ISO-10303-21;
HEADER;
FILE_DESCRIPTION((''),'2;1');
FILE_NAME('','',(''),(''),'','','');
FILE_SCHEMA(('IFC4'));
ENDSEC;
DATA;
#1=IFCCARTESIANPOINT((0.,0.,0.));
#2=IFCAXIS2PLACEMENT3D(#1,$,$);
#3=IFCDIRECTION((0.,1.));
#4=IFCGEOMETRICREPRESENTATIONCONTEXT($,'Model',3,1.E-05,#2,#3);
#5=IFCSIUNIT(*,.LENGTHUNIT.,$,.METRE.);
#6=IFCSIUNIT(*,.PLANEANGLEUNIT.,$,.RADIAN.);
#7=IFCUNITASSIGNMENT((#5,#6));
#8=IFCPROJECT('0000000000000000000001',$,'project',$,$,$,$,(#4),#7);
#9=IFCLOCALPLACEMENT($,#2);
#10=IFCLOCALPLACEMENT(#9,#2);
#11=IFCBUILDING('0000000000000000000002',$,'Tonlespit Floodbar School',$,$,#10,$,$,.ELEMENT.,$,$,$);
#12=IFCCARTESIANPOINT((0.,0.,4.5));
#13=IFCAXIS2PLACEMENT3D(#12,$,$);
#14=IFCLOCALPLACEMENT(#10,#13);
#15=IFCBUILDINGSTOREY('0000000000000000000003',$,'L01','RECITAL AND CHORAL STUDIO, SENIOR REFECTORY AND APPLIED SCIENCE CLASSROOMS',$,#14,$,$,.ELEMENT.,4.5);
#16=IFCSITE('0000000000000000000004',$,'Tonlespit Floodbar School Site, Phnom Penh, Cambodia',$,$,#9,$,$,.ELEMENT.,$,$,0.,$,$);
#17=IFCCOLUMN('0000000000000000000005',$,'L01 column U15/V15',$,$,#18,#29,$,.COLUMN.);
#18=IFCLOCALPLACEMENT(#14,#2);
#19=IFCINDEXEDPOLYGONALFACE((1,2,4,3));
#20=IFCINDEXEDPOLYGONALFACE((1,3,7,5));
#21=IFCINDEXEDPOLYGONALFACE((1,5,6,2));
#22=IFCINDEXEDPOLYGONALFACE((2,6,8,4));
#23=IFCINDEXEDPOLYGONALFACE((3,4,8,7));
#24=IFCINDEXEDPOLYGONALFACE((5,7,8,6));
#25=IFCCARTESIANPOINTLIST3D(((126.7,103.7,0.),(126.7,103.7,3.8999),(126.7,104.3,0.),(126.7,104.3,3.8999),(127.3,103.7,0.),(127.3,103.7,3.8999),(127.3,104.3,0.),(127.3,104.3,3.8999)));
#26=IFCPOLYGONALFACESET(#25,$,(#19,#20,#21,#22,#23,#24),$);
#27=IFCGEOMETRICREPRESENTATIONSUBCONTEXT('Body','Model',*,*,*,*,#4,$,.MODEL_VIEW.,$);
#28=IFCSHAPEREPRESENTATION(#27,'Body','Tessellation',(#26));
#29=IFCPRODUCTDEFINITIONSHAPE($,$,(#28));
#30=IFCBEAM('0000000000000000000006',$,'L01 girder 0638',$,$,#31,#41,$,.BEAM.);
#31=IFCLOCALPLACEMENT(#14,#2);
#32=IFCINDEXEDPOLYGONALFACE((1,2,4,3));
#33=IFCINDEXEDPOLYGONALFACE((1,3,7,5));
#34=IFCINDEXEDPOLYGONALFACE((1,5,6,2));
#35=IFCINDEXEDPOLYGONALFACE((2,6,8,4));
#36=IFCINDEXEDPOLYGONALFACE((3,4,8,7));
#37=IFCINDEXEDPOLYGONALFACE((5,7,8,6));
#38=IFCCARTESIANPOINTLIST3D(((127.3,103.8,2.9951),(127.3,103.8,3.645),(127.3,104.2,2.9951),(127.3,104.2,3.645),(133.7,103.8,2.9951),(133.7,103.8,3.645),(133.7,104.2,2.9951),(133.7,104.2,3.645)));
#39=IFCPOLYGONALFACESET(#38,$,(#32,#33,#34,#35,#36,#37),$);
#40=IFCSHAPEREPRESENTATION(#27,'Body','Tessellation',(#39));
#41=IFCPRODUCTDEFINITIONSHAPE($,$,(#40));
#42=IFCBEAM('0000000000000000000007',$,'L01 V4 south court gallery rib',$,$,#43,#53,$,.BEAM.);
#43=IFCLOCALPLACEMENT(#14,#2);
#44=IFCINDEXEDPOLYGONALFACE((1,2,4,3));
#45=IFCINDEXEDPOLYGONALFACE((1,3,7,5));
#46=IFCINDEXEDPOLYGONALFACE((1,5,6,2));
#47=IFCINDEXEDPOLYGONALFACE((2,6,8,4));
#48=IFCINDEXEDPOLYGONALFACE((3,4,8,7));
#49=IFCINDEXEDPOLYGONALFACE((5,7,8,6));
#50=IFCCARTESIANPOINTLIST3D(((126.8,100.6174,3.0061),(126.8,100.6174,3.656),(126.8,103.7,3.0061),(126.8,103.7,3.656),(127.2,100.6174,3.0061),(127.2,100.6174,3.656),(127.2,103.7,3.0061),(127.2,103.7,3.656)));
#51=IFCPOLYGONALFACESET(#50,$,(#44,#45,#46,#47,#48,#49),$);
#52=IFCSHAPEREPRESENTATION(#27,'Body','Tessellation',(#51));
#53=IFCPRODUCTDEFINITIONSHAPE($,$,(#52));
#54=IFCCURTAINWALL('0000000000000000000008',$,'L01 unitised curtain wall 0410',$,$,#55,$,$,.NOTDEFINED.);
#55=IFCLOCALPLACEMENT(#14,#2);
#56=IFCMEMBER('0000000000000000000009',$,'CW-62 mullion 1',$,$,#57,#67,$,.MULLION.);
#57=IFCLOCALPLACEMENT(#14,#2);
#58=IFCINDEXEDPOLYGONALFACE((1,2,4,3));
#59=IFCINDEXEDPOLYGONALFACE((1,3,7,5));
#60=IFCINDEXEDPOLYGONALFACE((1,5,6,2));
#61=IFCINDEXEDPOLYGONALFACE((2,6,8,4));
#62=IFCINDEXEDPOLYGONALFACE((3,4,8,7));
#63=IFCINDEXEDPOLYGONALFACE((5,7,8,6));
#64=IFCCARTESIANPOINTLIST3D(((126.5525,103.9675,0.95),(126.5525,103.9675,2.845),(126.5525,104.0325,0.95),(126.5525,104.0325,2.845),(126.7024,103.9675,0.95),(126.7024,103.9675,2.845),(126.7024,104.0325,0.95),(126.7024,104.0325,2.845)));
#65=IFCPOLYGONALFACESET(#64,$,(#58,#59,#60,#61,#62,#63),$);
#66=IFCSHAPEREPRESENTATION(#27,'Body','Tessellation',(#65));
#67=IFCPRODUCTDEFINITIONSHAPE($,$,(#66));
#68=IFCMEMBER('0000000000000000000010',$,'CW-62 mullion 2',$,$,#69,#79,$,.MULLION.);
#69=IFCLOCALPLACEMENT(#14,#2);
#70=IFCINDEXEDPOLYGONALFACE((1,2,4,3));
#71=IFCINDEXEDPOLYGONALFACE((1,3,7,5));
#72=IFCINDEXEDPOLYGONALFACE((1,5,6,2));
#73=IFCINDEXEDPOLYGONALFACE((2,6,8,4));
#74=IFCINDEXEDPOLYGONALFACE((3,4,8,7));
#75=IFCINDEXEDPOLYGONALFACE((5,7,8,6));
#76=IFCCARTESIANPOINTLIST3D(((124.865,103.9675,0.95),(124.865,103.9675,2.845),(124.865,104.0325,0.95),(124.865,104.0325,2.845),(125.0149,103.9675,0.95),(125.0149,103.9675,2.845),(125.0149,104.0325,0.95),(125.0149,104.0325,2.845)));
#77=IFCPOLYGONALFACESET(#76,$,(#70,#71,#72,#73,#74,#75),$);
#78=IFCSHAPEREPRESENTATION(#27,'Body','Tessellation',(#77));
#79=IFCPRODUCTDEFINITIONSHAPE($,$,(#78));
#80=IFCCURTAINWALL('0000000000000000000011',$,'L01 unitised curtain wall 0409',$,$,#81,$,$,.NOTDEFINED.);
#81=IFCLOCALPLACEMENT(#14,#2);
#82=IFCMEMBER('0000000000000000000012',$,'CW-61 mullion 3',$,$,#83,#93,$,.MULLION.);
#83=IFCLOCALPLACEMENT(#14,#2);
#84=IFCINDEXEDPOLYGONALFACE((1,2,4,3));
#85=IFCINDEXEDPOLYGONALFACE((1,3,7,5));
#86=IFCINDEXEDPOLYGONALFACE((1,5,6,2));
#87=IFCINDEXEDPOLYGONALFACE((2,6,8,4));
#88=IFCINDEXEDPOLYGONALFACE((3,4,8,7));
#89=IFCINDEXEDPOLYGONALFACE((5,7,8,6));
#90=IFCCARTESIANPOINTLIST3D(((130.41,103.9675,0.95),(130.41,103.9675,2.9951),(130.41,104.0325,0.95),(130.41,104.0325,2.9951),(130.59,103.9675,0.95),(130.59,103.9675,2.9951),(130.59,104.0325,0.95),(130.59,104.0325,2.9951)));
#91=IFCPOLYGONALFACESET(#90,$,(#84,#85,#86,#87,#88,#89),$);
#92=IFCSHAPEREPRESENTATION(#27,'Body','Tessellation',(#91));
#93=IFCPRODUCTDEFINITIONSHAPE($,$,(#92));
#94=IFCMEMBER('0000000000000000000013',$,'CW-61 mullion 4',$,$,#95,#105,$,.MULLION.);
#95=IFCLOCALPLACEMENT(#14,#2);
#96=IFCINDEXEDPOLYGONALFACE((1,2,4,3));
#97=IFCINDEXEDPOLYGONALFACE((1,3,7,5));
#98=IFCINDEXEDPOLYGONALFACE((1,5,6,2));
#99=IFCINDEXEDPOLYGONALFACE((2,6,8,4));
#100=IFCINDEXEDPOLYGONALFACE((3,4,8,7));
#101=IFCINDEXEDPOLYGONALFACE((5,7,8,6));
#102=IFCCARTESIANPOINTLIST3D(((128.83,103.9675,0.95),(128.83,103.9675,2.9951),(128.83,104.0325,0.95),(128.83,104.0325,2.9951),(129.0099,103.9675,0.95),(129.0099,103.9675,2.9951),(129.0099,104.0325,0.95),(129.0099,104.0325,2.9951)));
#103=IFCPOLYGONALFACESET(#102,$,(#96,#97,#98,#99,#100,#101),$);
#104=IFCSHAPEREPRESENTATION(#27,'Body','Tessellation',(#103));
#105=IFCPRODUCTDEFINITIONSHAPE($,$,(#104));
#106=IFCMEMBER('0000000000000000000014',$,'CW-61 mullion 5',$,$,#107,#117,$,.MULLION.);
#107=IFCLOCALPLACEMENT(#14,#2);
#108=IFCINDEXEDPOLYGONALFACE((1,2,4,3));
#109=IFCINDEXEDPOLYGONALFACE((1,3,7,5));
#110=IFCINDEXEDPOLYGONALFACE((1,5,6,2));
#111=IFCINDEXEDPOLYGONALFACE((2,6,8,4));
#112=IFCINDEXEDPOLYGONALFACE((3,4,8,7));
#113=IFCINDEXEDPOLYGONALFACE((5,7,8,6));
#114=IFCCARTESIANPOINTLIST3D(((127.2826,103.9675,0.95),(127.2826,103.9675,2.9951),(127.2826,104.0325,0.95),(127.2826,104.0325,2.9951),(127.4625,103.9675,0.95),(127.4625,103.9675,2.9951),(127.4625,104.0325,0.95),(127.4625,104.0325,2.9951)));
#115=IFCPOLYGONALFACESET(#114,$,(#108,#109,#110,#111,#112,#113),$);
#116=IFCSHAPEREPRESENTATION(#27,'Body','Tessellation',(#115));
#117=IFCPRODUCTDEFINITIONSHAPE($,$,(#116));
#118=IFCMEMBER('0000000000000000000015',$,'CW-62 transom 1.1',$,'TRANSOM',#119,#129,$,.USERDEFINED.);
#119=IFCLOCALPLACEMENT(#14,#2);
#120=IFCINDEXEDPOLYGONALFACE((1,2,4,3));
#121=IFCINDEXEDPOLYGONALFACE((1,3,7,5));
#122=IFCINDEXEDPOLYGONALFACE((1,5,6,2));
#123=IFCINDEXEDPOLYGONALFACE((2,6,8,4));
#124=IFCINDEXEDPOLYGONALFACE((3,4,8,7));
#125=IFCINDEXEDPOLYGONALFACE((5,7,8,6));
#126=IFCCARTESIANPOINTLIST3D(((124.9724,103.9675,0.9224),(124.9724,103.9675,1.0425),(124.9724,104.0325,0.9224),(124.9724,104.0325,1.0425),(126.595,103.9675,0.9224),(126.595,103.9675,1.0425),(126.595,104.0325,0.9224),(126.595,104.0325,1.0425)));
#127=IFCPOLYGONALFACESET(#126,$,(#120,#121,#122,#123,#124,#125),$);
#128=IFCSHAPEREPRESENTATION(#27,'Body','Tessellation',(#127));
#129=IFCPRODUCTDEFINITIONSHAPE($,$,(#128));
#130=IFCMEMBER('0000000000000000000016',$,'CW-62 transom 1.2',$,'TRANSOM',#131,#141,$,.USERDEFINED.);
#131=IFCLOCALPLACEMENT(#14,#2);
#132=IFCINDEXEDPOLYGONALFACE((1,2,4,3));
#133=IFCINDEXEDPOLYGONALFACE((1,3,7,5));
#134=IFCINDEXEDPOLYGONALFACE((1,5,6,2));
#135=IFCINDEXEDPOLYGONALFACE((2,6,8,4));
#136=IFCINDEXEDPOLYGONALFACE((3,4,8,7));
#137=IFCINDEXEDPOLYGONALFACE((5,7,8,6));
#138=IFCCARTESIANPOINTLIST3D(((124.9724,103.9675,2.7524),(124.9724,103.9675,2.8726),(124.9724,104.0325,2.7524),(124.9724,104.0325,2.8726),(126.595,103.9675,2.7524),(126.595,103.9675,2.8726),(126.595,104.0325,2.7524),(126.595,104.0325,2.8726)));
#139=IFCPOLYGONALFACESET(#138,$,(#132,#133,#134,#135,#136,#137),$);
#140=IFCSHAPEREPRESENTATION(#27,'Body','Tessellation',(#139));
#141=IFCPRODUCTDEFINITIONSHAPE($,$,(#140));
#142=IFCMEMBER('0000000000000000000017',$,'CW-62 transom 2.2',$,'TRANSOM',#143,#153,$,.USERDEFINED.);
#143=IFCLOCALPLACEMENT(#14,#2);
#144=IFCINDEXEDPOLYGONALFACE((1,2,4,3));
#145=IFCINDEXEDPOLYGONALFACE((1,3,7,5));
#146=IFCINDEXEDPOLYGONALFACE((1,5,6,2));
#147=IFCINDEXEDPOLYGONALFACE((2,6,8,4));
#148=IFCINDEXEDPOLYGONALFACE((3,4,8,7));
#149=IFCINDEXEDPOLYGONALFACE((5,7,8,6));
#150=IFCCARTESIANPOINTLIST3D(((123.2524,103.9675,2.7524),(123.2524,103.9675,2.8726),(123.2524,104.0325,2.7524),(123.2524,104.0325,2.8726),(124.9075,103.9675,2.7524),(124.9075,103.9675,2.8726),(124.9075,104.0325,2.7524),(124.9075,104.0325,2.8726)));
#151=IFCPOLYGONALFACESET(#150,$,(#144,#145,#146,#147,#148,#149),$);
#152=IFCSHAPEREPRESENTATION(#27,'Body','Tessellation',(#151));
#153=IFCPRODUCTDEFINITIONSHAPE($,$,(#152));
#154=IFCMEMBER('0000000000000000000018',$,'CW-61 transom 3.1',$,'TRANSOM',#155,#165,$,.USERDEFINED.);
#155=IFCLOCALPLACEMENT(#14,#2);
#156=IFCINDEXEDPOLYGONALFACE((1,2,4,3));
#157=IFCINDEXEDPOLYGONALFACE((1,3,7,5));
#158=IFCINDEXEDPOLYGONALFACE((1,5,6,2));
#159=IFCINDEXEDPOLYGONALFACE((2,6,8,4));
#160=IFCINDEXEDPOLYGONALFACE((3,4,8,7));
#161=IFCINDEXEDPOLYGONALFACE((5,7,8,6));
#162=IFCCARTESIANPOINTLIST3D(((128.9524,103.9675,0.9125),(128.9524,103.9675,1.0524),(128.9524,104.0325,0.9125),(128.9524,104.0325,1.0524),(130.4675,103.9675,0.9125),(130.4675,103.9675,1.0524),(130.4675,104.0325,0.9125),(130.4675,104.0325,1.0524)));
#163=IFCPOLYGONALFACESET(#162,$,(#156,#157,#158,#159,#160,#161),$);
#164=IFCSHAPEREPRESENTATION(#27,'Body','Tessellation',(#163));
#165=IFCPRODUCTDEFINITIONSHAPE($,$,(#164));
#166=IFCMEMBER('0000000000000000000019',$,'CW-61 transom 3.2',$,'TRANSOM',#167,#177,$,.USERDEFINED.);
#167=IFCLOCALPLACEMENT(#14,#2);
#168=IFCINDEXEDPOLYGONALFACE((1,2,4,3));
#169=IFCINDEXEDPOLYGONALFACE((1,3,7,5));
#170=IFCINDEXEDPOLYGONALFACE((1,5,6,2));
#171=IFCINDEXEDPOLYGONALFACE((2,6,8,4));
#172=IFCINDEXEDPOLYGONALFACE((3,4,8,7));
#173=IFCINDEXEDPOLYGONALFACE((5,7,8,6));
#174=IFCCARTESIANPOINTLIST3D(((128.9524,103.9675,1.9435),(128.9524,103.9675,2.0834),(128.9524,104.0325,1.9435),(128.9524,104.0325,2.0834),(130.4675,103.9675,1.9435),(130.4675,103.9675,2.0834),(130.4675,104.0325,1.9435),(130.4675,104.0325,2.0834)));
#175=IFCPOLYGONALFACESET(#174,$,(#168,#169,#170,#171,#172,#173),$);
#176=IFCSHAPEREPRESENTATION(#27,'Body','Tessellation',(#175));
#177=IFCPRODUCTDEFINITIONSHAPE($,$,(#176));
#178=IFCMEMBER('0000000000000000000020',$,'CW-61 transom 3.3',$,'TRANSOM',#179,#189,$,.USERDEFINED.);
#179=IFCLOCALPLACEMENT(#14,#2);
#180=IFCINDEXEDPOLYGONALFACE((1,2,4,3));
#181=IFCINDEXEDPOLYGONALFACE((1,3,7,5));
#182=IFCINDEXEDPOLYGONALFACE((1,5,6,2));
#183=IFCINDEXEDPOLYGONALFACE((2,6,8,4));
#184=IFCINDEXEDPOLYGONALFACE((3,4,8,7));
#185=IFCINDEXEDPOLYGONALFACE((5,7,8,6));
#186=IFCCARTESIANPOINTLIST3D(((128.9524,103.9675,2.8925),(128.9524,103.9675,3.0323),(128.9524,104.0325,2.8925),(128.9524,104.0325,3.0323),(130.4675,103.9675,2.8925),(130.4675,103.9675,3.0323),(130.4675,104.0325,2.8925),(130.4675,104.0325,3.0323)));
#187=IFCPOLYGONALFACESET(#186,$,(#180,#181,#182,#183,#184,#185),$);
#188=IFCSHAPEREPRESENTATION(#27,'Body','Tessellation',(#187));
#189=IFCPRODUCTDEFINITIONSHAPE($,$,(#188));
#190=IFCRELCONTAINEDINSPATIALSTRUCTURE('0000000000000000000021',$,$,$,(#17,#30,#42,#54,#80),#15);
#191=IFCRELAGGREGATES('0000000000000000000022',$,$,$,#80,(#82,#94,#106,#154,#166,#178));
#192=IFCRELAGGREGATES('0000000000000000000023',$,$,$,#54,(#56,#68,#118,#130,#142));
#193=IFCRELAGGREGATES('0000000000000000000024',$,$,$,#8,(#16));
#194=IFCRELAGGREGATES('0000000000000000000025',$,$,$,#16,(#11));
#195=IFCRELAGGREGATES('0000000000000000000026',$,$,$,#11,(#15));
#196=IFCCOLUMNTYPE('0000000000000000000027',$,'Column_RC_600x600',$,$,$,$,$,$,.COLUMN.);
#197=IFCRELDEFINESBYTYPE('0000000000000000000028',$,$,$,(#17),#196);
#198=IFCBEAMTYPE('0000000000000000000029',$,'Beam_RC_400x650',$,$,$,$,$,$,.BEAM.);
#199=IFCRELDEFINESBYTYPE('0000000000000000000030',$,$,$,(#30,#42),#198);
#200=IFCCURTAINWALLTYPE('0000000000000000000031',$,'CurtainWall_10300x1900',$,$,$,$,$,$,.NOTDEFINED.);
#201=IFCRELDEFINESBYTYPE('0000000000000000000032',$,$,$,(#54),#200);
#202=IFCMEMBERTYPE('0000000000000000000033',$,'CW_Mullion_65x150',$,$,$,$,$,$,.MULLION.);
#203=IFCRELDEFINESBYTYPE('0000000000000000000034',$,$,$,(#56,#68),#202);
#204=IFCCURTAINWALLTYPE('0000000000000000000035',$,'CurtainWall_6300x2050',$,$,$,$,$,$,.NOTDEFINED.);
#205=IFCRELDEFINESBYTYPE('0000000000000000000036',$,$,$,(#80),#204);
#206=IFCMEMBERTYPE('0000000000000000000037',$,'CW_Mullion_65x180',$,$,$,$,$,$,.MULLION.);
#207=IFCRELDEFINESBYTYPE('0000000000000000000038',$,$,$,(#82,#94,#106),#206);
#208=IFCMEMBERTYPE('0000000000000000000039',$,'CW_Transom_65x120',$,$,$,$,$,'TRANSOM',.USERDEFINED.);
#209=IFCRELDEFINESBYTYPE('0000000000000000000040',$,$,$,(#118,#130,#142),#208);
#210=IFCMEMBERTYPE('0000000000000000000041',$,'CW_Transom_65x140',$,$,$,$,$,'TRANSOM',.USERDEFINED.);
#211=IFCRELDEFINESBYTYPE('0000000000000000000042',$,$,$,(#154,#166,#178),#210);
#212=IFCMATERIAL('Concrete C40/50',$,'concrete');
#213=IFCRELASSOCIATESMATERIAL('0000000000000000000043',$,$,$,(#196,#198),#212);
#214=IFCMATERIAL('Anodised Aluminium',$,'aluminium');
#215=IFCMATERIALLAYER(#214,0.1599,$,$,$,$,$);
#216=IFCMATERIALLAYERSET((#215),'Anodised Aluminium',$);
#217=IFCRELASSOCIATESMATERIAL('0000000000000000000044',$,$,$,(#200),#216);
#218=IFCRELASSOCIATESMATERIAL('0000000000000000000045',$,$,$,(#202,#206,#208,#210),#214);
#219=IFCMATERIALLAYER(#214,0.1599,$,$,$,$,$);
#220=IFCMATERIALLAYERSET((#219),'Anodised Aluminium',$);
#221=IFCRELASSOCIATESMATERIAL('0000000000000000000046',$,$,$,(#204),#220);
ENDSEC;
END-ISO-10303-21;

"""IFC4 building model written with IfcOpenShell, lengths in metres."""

from ifc_helpers import new_model, si_unit, direction, frame, origin, origin_2d, place, context, subcontext, project, spatial, rectangle, extrude, material, layer, layer_set, material_profile, profile_set, type_object, element, aggregate, save


model = new_model("IFC4")

# Units and contexts
model_context = context("Model", 3, precision=1e-05, world=origin(), true_north=direction((0.0, 1.0)))
body_context = subcontext(model_context, "Body", "Model", "MODEL_VIEW")
ifc_project = project(units=[si_unit("LENGTHUNIT", "METRE"), si_unit("PLANEANGLEUNIT", "RADIAN")], contexts=[model_context])

# Site, building, storey
site_placement = place(None, origin())
site = spatial("IfcSite", under=ifc_project, at=site_placement, Name="Tonlespit Floodbar School Site, Phnom Penh, Cambodia", CompositionType="ELEMENT", RefElevation=0.0)
building_placement = place(site_placement, origin())
building = spatial("IfcBuilding", under=site, at=building_placement, Name="Tonlespit Floodbar School", CompositionType="ELEMENT")
storey_placement = place(building_placement, frame((0.0, 0.0, 4.5)))
storey = spatial("IfcBuildingStorey", under=building, at=storey_placement, Name="L01", Description="RECITAL AND CHORAL STUDIO, SENIOR REFECTORY AND APPLIED SCIENCE CLASSROOMS", CompositionType="ELEMENT", Elevation=4.5)

# Column
ifc_material_1 = material(Name="Concrete C40/50", Category="concrete")
ifc_material_profile_1 = material_profile(ifc_material_1, rectangle(XDim=0.6001, YDim=0.6001, at=origin_2d()), Name="RC 600x600")
ifc_profile_set_1 = profile_set([ifc_material_profile_1], Name="Concrete C40/50")
column_type = type_object("IfcColumnType", Name="Column_RC_600x600", PredefinedType="COLUMN", material=ifc_profile_set_1)
column_placement = place(storey_placement, frame((127.0, 104.0, 0.0), z_axis=(0.0, 0.0, 1.0), x_axis=(1.0, 0.0, 0.0)))
element("IfcColumn", 1, at=column_placement, inside=storey, type_object=column_type, Name="L01 column U15/V15", PredefinedType="COLUMN", context=body_context, shape_type="SweptSolid", body=[
    extrude(rectangle(XDim=0.6001, YDim=0.6001, at=origin_2d()), origin(), (0.0, 0.0, 1.0), 3.8999),
])

# Beams
ifc_material_profile_2 = material_profile(ifc_material_1, rectangle(XDim=0.3999, YDim=0.6499, at=origin_2d()), Name="RC 400x650")
ifc_profile_set_2 = profile_set([ifc_material_profile_2], Name="Concrete C40/50")
beam_type = type_object("IfcBeamType", Name="Beam_RC_400x650", PredefinedType="BEAM", material=ifc_profile_set_2)
beam_1_placement = place(storey_placement, frame((127.3, 104.0, 3.3201), z_axis=(1.0, 0.0, 0.0), x_axis=(0.0, 1.0, 0.0)))
element("IfcBeam", 2, at=beam_1_placement, inside=storey, type_object=beam_type, Name="L01 girder 0638", PredefinedType="BEAM", context=body_context, shape_type="SweptSolid", body=[
    extrude(rectangle(XDim=0.3999, YDim=0.6499, at=origin_2d()), origin(), (0.0, 0.0, 1.0), 6.3999),
])
beam_2_placement = place(storey_placement, frame((127.0, 103.7, 3.3311), z_axis=(0.0, -1.0, 0.0), x_axis=(1.0, 0.0, 0.0)))
element("IfcBeam", 3, at=beam_2_placement, inside=storey, type_object=beam_type, Name="L01 V4 south court gallery rib", PredefinedType="BEAM", context=body_context, shape_type="SweptSolid", body=[
    extrude(rectangle(XDim=0.3999, YDim=0.6499, at=origin_2d()), origin(), (0.0, 0.0, 1.0), 3.0825),
])

# Curtain walls, members
ifc_material_2 = material(Name="Anodised Aluminium", Category="aluminium")
ifc_layer_1 = layer(ifc_material_2, 0.1599)
ifc_layer_set_1 = layer_set([ifc_layer_1], Name="Anodised Aluminium")
curtain_wall_type_1 = type_object("IfcCurtainWallType", Name="CurtainWall_10300x1900", PredefinedType="NOTDEFINED", material=ifc_layer_set_1)
curtain_wall_1_placement = place(storey_placement, origin())
curtain_wall_1 = element("IfcCurtainWall", 4, at=curtain_wall_1_placement, inside=storey, type_object=curtain_wall_type_1, Name="L01 unitised curtain wall 0410", PredefinedType="NOTDEFINED")
ifc_material_profile_3 = material_profile(ifc_material_2, rectangle(XDim=0.0649, YDim=0.1499, at=origin_2d()), Name="ALU M65x150")
ifc_profile_set_3 = profile_set([ifc_material_profile_3], Name="Anodised Aluminium")
member_type_1 = type_object("IfcMemberType", Name="CW_Mullion_65x150", PredefinedType="MULLION", material=ifc_profile_set_3)
member_1_placement = place(storey_placement, frame((126.6274, 104.0, 0.95), z_axis=(0.0, 0.0, 1.0), x_axis=(0.0, -1.0, 0.0)))
member_1 = element("IfcMember", 5, at=member_1_placement, type_object=member_type_1, Name="CW-62 mullion 1", PredefinedType="MULLION", context=body_context, shape_type="SweptSolid", body=[
    extrude(rectangle(XDim=0.0649, YDim=0.1499, at=origin_2d()), origin(), (0.0, 0.0, 1.0), 1.895),
])
member_2_placement = place(storey_placement, frame((124.9399, 104.0, 0.95), z_axis=(0.0, 0.0, 1.0), x_axis=(0.0, -1.0, 0.0)))
member_2 = element("IfcMember", 6, at=member_2_placement, type_object=member_type_1, Name="CW-62 mullion 2", PredefinedType="MULLION", context=body_context, shape_type="SweptSolid", body=[
    extrude(rectangle(XDim=0.0649, YDim=0.1499, at=origin_2d()), origin(), (0.0, 0.0, 1.0), 1.895),
])
ifc_layer_2 = layer(ifc_material_2, 0.1599)
ifc_layer_set_2 = layer_set([ifc_layer_2], Name="Anodised Aluminium")
curtain_wall_type_2 = type_object("IfcCurtainWallType", Name="CurtainWall_6300x2050", PredefinedType="NOTDEFINED", material=ifc_layer_set_2)
curtain_wall_2_placement = place(storey_placement, origin())
curtain_wall_2 = element("IfcCurtainWall", 7, at=curtain_wall_2_placement, inside=storey, type_object=curtain_wall_type_2, Name="L01 unitised curtain wall 0409", PredefinedType="NOTDEFINED")
ifc_material_profile_4 = material_profile(ifc_material_2, rectangle(XDim=0.0649, YDim=0.1799, at=origin_2d()), Name="ALU M65x180")
ifc_profile_set_4 = profile_set([ifc_material_profile_4], Name="Anodised Aluminium")
member_type_2 = type_object("IfcMemberType", Name="CW_Mullion_65x180", PredefinedType="MULLION", material=ifc_profile_set_4)
member_3_placement = place(storey_placement, frame((130.5, 104.0, 0.95), z_axis=(0.0, 0.0, 1.0), x_axis=(0.0, -1.0, 0.0)))
member_3 = element("IfcMember", 8, at=member_3_placement, type_object=member_type_2, Name="CW-61 mullion 3", PredefinedType="MULLION", context=body_context, shape_type="SweptSolid", body=[
    extrude(rectangle(XDim=0.0649, YDim=0.1799, at=origin_2d()), origin(), (0.0, 0.0, 1.0), 2.0452),
])
member_4_placement = place(storey_placement, frame((128.9199, 104.0, 0.95), z_axis=(0.0, 0.0, 1.0), x_axis=(0.0, -1.0, 0.0)))
member_4 = element("IfcMember", 9, at=member_4_placement, type_object=member_type_2, Name="CW-61 mullion 4", PredefinedType="MULLION", context=body_context, shape_type="SweptSolid", body=[
    extrude(rectangle(XDim=0.0649, YDim=0.1799, at=origin_2d()), origin(), (0.0, 0.0, 1.0), 2.0452),
])
member_5_placement = place(storey_placement, frame((127.3726, 104.0, 0.95), z_axis=(0.0, 0.0, 1.0), x_axis=(0.0, -1.0, 0.0)))
member_5 = element("IfcMember", 10, at=member_5_placement, type_object=member_type_2, Name="CW-61 mullion 5", PredefinedType="MULLION", context=body_context, shape_type="SweptSolid", body=[
    extrude(rectangle(XDim=0.0649, YDim=0.1799, at=origin_2d()), origin(), (0.0, 0.0, 1.0), 2.0452),
])

# Members
ifc_material_profile_5 = material_profile(ifc_material_2, rectangle(XDim=0.0649, YDim=0.1201, at=origin_2d()), Name="ALU T65x120")
ifc_profile_set_5 = profile_set([ifc_material_profile_5], Name="Anodised Aluminium")
member_type_3 = type_object("IfcMemberType", Name="CW_Transom_65x120", ElementType="TRANSOM", PredefinedType="USERDEFINED", material=ifc_profile_set_5)
member_6_placement = place(storey_placement, frame((126.595, 104.0, 0.9824), z_axis=(-1.0, 0.0, 0.0), x_axis=(0.0, -1.0, 0.0)))
member_6 = element("IfcMember", 11, at=member_6_placement, type_object=member_type_3, Name="CW-62 transom 1.1", ObjectType="TRANSOM", PredefinedType="USERDEFINED", context=body_context, shape_type="SweptSolid", body=[
    extrude(rectangle(XDim=0.0649, YDim=0.1201, at=origin_2d()), origin(), (0.0, 0.0, 1.0), 1.6226),
])
member_7_placement = place(storey_placement, frame((126.595, 104.0, 2.8125), z_axis=(-1.0, 0.0, 0.0), x_axis=(0.0, -1.0, 0.0)))
member_7 = element("IfcMember", 12, at=member_7_placement, type_object=member_type_3, Name="CW-62 transom 1.2", ObjectType="TRANSOM", PredefinedType="USERDEFINED", context=body_context, shape_type="SweptSolid", body=[
    extrude(rectangle(XDim=0.0649, YDim=0.1201, at=origin_2d()), origin(), (0.0, 0.0, 1.0), 1.6226),
])
member_8_placement = place(storey_placement, frame((124.9075, 104.0, 2.8125), z_axis=(-1.0, 0.0, 0.0), x_axis=(0.0, -1.0, 0.0)))
member_8 = element("IfcMember", 13, at=member_8_placement, type_object=member_type_3, Name="CW-62 transom 2.2", ObjectType="TRANSOM", PredefinedType="USERDEFINED", context=body_context, shape_type="SweptSolid", body=[
    extrude(rectangle(XDim=0.0649, YDim=0.1201, at=origin_2d()), origin(), (0.0, 0.0, 1.0), 1.655),
])
ifc_material_profile_6 = material_profile(ifc_material_2, rectangle(XDim=0.0649, YDim=0.1399, at=origin_2d()), Name="ALU T65x140")
ifc_profile_set_6 = profile_set([ifc_material_profile_6], Name="Anodised Aluminium")
member_type_4 = type_object("IfcMemberType", Name="CW_Transom_65x140", ElementType="TRANSOM", PredefinedType="USERDEFINED", material=ifc_profile_set_6)
member_9_placement = place(storey_placement, frame((130.4675, 104.0, 0.9824), z_axis=(-1.0, 0.0, 0.0), x_axis=(0.0, -1.0, 0.0)))
member_9 = element("IfcMember", 14, at=member_9_placement, type_object=member_type_4, Name="CW-61 transom 3.1", ObjectType="TRANSOM", PredefinedType="USERDEFINED", context=body_context, shape_type="SweptSolid", body=[
    extrude(rectangle(XDim=0.0649, YDim=0.1399, at=origin_2d()), origin(), (0.0, 0.0, 1.0), 1.5151),
])
member_10_placement = place(storey_placement, frame((130.4675, 104.0, 2.0134), z_axis=(-1.0, 0.0, 0.0), x_axis=(0.0, -1.0, 0.0)))
member_10 = element("IfcMember", 15, at=member_10_placement, type_object=member_type_4, Name="CW-61 transom 3.2", ObjectType="TRANSOM", PredefinedType="USERDEFINED", context=body_context, shape_type="SweptSolid", body=[
    extrude(rectangle(XDim=0.0649, YDim=0.1399, at=origin_2d()), origin(), (0.0, 0.0, 1.0), 1.5151),
])
member_11_placement = place(storey_placement, frame((130.4675, 104.0, 2.9624), z_axis=(-1.0, 0.0, 0.0), x_axis=(0.0, -1.0, 0.0)))
member_11 = element("IfcMember", 16, at=member_11_placement, type_object=member_type_4, Name="CW-61 transom 3.3", ObjectType="TRANSOM", PredefinedType="USERDEFINED", context=body_context, shape_type="SweptSolid", body=[
    extrude(rectangle(XDim=0.0649, YDim=0.1399, at=origin_2d()), origin(), (0.0, 0.0, 1.0), 1.5151),
])

aggregate(curtain_wall_2, [member_3, member_4, member_5, member_9, member_10, member_11])
aggregate(curtain_wall_1, [member_1, member_2, member_6, member_7, member_8])

save(model, "model.ifc")
